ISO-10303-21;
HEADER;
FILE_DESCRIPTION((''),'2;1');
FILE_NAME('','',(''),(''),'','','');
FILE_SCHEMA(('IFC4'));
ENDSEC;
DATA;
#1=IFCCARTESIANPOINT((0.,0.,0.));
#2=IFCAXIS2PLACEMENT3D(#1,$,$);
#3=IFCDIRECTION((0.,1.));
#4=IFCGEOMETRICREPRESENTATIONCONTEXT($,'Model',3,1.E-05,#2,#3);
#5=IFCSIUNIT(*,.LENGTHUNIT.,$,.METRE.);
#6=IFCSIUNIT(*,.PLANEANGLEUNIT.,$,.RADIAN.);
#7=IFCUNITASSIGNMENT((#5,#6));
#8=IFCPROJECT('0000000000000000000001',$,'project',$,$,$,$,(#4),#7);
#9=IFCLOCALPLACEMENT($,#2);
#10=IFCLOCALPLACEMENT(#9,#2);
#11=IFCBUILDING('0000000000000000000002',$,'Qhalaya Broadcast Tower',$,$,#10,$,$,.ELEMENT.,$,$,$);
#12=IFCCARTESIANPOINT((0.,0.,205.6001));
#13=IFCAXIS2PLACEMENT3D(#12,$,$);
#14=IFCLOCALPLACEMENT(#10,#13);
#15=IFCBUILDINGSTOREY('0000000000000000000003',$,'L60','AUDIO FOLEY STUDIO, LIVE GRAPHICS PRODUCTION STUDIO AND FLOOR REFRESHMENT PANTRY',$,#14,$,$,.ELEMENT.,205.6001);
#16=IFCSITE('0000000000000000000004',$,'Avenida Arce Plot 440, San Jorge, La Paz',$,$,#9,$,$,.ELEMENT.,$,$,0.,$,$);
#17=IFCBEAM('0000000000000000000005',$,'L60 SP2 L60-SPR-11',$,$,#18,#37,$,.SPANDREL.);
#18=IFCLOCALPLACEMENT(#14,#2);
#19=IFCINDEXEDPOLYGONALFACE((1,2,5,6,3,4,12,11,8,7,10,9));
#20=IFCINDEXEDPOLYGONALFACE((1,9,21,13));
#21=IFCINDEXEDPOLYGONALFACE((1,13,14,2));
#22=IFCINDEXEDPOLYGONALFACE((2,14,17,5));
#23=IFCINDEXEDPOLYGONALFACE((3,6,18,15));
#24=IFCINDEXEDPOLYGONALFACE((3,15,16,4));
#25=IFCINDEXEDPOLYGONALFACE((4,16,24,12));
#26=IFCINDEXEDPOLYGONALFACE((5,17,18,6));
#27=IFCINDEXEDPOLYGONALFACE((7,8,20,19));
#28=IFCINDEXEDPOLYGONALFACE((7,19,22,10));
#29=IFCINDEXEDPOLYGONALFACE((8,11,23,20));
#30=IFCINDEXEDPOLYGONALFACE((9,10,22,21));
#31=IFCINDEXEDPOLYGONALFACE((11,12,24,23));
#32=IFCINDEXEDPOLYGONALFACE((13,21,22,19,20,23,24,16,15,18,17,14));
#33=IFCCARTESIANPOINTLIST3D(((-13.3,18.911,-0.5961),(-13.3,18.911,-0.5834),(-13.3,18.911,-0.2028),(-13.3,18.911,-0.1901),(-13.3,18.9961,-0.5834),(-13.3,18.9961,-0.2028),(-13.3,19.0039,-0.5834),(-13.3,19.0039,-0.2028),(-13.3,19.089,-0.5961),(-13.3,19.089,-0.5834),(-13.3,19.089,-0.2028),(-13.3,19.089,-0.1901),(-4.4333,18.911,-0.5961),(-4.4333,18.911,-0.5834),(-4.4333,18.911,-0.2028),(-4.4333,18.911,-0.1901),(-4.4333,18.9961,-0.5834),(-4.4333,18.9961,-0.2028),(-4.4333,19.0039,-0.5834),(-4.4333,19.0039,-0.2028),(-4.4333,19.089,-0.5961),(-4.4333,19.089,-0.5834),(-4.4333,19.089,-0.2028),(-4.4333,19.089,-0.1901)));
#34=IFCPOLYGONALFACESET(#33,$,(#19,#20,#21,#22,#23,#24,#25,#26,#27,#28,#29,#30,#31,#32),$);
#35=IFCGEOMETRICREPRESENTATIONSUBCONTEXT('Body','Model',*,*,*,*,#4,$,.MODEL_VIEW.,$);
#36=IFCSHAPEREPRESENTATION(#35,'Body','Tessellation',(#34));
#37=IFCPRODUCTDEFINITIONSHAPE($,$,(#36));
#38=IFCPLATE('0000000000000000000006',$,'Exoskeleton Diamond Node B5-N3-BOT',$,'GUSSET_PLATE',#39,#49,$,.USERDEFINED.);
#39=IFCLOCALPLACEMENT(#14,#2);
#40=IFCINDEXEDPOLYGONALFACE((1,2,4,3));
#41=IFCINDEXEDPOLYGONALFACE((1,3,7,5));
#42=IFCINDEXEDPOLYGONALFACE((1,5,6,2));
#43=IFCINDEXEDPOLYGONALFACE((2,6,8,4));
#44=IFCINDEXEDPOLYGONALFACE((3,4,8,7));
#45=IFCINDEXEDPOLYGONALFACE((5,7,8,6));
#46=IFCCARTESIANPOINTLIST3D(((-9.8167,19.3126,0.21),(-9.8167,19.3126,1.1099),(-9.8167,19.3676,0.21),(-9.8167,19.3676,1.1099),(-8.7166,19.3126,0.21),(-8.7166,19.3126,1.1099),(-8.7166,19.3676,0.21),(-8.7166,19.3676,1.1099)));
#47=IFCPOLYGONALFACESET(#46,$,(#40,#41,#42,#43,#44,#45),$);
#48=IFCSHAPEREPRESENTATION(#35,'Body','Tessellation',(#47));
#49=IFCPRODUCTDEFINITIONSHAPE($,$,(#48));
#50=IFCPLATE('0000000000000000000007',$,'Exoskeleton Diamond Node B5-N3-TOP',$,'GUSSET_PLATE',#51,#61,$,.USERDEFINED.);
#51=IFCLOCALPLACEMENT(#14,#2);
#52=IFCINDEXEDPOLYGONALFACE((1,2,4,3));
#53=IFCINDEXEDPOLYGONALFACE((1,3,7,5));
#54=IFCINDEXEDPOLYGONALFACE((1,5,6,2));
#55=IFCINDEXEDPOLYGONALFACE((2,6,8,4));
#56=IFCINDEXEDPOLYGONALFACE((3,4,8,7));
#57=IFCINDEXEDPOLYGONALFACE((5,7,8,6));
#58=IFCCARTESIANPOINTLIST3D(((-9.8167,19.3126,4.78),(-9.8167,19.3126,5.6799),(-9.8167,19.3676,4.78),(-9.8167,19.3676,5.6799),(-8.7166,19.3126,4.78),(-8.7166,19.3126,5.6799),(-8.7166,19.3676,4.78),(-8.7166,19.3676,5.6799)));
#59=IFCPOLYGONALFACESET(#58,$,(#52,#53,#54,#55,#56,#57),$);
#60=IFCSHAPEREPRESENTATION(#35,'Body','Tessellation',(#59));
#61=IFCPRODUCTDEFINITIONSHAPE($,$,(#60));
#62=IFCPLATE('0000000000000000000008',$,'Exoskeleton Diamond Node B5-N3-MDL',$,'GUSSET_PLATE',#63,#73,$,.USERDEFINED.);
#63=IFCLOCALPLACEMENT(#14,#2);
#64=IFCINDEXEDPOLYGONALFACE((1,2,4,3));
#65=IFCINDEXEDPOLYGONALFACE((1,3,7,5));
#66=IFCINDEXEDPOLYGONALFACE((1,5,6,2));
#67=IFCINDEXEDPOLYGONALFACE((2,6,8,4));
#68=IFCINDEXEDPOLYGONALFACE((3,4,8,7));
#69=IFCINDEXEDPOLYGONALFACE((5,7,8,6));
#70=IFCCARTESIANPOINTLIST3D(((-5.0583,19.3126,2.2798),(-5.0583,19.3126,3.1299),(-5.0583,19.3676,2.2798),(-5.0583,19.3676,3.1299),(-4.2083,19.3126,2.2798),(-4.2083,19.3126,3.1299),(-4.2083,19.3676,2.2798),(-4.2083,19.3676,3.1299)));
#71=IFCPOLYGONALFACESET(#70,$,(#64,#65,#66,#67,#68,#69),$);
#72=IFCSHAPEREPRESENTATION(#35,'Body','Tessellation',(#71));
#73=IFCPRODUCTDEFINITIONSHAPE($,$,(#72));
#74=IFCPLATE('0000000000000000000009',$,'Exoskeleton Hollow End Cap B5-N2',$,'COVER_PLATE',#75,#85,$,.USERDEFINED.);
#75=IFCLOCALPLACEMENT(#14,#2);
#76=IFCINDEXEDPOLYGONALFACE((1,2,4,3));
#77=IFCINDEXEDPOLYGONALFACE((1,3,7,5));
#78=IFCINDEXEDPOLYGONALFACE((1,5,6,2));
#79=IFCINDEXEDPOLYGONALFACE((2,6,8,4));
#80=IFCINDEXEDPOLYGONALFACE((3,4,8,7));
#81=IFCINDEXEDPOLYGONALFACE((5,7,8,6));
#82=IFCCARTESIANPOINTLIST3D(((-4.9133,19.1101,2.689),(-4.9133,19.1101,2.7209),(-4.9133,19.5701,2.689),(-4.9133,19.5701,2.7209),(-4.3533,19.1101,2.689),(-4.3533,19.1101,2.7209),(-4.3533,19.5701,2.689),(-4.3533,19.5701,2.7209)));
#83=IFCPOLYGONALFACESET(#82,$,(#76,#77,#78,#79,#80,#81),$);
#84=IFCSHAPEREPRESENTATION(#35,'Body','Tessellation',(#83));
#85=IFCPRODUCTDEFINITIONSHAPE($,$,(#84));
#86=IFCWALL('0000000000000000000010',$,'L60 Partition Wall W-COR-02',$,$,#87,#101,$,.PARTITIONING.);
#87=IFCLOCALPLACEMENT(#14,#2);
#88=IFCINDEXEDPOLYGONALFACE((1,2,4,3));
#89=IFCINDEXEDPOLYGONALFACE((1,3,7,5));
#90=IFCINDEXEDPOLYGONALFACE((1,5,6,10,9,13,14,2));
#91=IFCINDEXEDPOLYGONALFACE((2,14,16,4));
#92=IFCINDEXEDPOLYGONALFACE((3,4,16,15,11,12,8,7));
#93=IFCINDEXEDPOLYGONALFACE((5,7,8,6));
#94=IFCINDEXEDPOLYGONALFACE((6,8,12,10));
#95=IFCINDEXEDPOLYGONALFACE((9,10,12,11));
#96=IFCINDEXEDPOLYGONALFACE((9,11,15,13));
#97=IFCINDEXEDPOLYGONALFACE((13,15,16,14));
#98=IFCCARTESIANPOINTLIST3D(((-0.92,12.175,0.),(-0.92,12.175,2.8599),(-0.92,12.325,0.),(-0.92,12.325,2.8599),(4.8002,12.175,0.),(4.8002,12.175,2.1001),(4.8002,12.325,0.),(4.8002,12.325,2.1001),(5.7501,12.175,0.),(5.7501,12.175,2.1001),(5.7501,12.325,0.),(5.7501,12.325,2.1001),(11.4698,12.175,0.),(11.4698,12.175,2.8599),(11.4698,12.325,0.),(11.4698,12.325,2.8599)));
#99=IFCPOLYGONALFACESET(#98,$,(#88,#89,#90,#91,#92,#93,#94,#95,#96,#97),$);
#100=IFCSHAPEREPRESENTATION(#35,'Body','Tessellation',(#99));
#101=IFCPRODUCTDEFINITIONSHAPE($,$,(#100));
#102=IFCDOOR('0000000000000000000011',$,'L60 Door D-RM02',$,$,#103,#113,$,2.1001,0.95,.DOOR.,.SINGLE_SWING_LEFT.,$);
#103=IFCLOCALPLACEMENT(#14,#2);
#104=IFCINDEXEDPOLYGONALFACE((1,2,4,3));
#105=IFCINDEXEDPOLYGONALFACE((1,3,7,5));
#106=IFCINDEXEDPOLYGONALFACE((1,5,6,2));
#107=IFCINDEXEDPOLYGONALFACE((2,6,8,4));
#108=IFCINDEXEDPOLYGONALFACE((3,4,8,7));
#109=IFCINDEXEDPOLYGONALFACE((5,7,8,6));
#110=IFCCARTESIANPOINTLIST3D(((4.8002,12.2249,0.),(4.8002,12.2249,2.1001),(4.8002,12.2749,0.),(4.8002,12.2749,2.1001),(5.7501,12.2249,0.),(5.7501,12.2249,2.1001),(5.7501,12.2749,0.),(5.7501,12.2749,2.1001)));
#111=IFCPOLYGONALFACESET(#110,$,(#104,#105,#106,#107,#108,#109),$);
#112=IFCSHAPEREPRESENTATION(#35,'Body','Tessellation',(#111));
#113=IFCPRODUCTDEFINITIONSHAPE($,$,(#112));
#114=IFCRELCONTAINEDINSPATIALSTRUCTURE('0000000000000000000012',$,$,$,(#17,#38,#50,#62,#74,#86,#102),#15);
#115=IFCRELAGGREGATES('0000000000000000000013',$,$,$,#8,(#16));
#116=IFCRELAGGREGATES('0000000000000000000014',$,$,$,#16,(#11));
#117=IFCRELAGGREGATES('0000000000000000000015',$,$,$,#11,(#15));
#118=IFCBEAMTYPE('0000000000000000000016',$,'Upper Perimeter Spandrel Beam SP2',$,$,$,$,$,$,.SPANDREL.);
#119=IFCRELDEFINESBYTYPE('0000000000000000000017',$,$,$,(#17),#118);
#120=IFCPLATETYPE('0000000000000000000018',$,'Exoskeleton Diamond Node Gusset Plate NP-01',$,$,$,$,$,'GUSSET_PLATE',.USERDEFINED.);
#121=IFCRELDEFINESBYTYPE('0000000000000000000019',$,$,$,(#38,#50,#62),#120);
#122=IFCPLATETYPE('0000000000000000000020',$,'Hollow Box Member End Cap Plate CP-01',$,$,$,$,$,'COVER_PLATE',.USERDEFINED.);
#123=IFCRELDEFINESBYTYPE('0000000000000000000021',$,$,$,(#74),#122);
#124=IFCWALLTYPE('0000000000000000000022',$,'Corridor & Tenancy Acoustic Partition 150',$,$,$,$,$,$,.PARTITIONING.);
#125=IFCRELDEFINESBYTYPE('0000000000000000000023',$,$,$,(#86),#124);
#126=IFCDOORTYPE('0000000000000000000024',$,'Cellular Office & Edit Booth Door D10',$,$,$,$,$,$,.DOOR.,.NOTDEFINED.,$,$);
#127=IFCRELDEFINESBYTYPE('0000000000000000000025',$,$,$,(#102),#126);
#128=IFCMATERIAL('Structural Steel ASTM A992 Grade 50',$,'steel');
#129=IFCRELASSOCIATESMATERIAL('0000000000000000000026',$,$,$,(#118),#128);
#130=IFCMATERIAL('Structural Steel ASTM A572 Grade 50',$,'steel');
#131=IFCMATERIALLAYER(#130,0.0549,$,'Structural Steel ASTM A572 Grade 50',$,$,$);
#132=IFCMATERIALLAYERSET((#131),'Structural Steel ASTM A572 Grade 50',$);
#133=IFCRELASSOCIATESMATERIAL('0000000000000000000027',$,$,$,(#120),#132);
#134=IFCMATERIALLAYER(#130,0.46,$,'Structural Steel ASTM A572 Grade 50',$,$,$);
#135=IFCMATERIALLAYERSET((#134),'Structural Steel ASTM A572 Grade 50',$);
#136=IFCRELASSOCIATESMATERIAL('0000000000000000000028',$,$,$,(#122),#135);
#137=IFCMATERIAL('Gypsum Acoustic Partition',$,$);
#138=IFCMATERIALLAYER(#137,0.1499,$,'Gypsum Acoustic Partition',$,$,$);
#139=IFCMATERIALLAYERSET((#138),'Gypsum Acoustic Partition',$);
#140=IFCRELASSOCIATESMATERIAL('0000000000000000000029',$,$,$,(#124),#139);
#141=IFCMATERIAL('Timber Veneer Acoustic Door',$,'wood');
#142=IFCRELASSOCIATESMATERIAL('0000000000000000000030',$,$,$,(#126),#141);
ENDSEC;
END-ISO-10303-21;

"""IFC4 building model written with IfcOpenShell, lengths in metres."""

from ifc_helpers import new_model, si_unit, direction, frame, frame_2d, origin, origin_2d, place, context, subcontext, project, spatial, rectangle, i_section, extrude, material, layer, layer_set, material_profile, profile_set, type_object, element, fill, save


model = new_model("IFC4")

# Units and contexts
model_context = context("Model", 3, precision=1e-05, world=origin(), true_north=direction((0.0, 1.0)))
body_context = subcontext(model_context, "Body", "Model", "MODEL_VIEW")
ifc_project = project(units=[si_unit("LENGTHUNIT", "METRE"), si_unit("PLANEANGLEUNIT", "RADIAN")], contexts=[model_context])

# Site, building, storey
site_placement = place(None, origin())
site = spatial("IfcSite", under=ifc_project, at=site_placement, Name="Avenida Arce Plot 440, San Jorge, La Paz", CompositionType="ELEMENT", RefElevation=0.0)
building_placement = place(site_placement, origin())
building = spatial("IfcBuilding", under=site, at=building_placement, Name="Qhalaya Broadcast Tower", CompositionType="ELEMENT")
storey_placement = place(building_placement, frame((0.0, 0.0, 205.6001)))
storey = spatial("IfcBuildingStorey", under=building, at=storey_placement, Name="L60", Description="AUDIO FOLEY STUDIO, LIVE GRAPHICS PRODUCTION STUDIO AND FLOOR REFRESHMENT PANTRY", CompositionType="ELEMENT", Elevation=205.6001)

# Shared definitions
ifc_material_1 = material(Name="Structural Steel ASTM A572 Grade 50", Category="steel")

# Shared definitions
ifc_material_2 = material(Name="Structural Steel ASTM A992 Grade 50", Category="steel")

# Beam
ifc_material_profile_1 = material_profile(ifc_material_2, i_section(OverallWidth=0.178, OverallDepth=0.406, WebThickness=0.0078, FlangeThickness=0.0127, at=origin_2d()), Name="W16X40")
ifc_profile_set_1 = profile_set([ifc_material_profile_1], Name="Structural Steel ASTM A992 Grade 50")
beam_type_1 = type_object("IfcBeamType", Name="Upper Perimeter Spandrel Beam SP2", PredefinedType="SPANDREL", material=ifc_profile_set_1)
beam_1_placement = place(storey_placement, frame((-4.4333, 19.0, -0.3931), z_axis=(-1.0, 0.0, 0.0), x_axis=(0.0, -1.0, 0.0)))
element("IfcBeam", 1, at=beam_1_placement, inside=storey, type_object=beam_type_1, Name="L60 SP2 L60-SPR-11", PredefinedType="SPANDREL", context=body_context, shape_type="SweptSolid", body=[
    extrude(i_section(OverallWidth=0.178, OverallDepth=0.406, WebThickness=0.0078, FlangeThickness=0.0127, at=origin_2d()), origin(), (0.0, 0.0, 1.0), 8.8667),
])

# Plates
ifc_layer_1 = layer(ifc_material_1, 0.0549, Name="Structural Steel ASTM A572 Grade 50")
ifc_layer_set_1 = layer_set([ifc_layer_1], Name="Structural Steel ASTM A572 Grade 50")
plate_type_1 = type_object("IfcPlateType", Name="Exoskeleton Diamond Node Gusset Plate NP-01", ElementType="GUSSET_PLATE", PredefinedType="USERDEFINED", material=ifc_layer_set_1)
for number, where, z_axis, x_axis, name in (
    (2, (-9.2666, 19.3401, 0.21), (0.0, 0.0, 1.0), (1.0, 0.0, 0.0), "Exoskeleton Diamond Node B5-N3-BOT"),
    (3, (-9.2666, 19.3401, 4.78), (0.0, 0.0, 1.0), (1.0, 0.0, 0.0), "Exoskeleton Diamond Node B5-N3-TOP"),
):
    element("IfcPlate", number, at=place(storey_placement, frame(where, z_axis=z_axis, x_axis=x_axis)), inside=storey, type_object=plate_type_1, Name=name, ObjectType="GUSSET_PLATE", PredefinedType="USERDEFINED", context=body_context, shape_type="SweptSolid", body=[
        extrude(rectangle(XDim=1.1001, YDim=0.0549, at=origin_2d()), origin(), (0.0, 0.0, 1.0), 0.8999),
    ])
plate_1_placement = place(storey_placement, frame((-4.6333, 19.3401, 2.2798), z_axis=(0.0, 0.0, 1.0), x_axis=(1.0, 0.0, 0.0)))
element("IfcPlate", 4, at=plate_1_placement, inside=storey, type_object=plate_type_1, Name="Exoskeleton Diamond Node B5-N3-MDL", ObjectType="GUSSET_PLATE", PredefinedType="USERDEFINED", context=body_context, shape_type="SweptSolid", body=[
    extrude(rectangle(XDim=0.8501, YDim=0.0549, at=origin_2d()), origin(), (0.0, 0.0, 1.0), 0.8501),
])
ifc_layer_2 = layer(ifc_material_1, 0.46, Name="Structural Steel ASTM A572 Grade 50")
ifc_layer_set_2 = layer_set([ifc_layer_2], Name="Structural Steel ASTM A572 Grade 50")
plate_type_2 = type_object("IfcPlateType", Name="Hollow Box Member End Cap Plate CP-01", ElementType="COVER_PLATE", PredefinedType="USERDEFINED", material=ifc_layer_set_2)
plate_2_placement = place(storey_placement, frame((-4.6333, 19.3401, 2.689), z_axis=(0.0, 0.0, 1.0), x_axis=(1.0, 0.0, 0.0)))
element("IfcPlate", 5, at=plate_2_placement, inside=storey, type_object=plate_type_2, Name="Exoskeleton Hollow End Cap B5-N2", ObjectType="COVER_PLATE", PredefinedType="USERDEFINED", context=body_context, shape_type="SweptSolid", body=[
    extrude(rectangle(XDim=0.5601, YDim=0.46, at=origin_2d()), origin(), (0.0, 0.0, 1.0), 0.032),
])

# Wall, opening, door
ifc_material_3 = material(Name="Gypsum Acoustic Partition")
ifc_layer_3 = layer(ifc_material_3, 0.1499, Name="Gypsum Acoustic Partition")
ifc_layer_set_3 = layer_set([ifc_layer_3], Name="Gypsum Acoustic Partition")
wall_type_1 = type_object("IfcWallType", Name="Corridor & Tenancy Acoustic Partition 150", PredefinedType="PARTITIONING", material=ifc_layer_set_3)
wall_1_placement = place(storey_placement, frame((-0.9199, 12.25, 0.0), z_axis=(0.0, 0.0, 1.0), x_axis=(1.0, 0.0, 0.0)))
wall_1 = element("IfcWall", 6, at=wall_1_placement, inside=storey, type_object=wall_type_1, Name="L60 Partition Wall W-COR-02", PredefinedType="PARTITIONING", context=body_context, shape_type="SweptSolid", body=[
    extrude(rectangle(XDim=12.3899, YDim=0.1499, at=frame_2d((6.1948, 0.0))), origin(), (0.0, 0.0, 1.0), 2.8599),
])
opening_1_placement = place(wall_1_placement, frame((5.72, 0.0, 0.0)))
opening_1 = element("IfcOpeningElement", 7, at=opening_1_placement, cuts=wall_1, PredefinedType="OPENING", context=body_context, shape_type="SweptSolid", body=[
    extrude(rectangle(XDim=0.95, YDim=2.1001, at=frame_2d((0.4751, 1.05))), frame((0.0, 0.0869, 0.0), z_axis=(0.0, -1.0, 0.0), x_axis=(1.0, 0.0, 0.0)), (0.0, 0.0, 1.0), 0.1738),
])
ifc_material_4 = material(Name="Timber Veneer Acoustic Door", Category="wood")
door_type = type_object("IfcDoorType", Name="Cellular Office & Edit Booth Door D10", OperationType="NOTDEFINED", PredefinedType="DOOR", material=ifc_material_4)
door_placement = place(opening_1_placement, origin())
door = element("IfcDoor", 8, at=door_placement, inside=storey, type_object=door_type, Name="L60 Door D-RM02", OperationType="SINGLE_SWING_LEFT", OverallHeight=2.1001, OverallWidth=0.95, PredefinedType="DOOR", context=body_context, shape_type="SweptSolid", body=[
    extrude(rectangle(XDim=0.95, YDim=2.1001, at=frame_2d((0.4751, 1.05))), frame((0.0, 0.0249, 0.0), z_axis=(0.0, -1.0, 0.0), x_axis=(1.0, 0.0, 0.0)), (0.0, 0.0, 1.0), 0.05),
])
fill(opening_1, door)

save(model, "model.ifc")
